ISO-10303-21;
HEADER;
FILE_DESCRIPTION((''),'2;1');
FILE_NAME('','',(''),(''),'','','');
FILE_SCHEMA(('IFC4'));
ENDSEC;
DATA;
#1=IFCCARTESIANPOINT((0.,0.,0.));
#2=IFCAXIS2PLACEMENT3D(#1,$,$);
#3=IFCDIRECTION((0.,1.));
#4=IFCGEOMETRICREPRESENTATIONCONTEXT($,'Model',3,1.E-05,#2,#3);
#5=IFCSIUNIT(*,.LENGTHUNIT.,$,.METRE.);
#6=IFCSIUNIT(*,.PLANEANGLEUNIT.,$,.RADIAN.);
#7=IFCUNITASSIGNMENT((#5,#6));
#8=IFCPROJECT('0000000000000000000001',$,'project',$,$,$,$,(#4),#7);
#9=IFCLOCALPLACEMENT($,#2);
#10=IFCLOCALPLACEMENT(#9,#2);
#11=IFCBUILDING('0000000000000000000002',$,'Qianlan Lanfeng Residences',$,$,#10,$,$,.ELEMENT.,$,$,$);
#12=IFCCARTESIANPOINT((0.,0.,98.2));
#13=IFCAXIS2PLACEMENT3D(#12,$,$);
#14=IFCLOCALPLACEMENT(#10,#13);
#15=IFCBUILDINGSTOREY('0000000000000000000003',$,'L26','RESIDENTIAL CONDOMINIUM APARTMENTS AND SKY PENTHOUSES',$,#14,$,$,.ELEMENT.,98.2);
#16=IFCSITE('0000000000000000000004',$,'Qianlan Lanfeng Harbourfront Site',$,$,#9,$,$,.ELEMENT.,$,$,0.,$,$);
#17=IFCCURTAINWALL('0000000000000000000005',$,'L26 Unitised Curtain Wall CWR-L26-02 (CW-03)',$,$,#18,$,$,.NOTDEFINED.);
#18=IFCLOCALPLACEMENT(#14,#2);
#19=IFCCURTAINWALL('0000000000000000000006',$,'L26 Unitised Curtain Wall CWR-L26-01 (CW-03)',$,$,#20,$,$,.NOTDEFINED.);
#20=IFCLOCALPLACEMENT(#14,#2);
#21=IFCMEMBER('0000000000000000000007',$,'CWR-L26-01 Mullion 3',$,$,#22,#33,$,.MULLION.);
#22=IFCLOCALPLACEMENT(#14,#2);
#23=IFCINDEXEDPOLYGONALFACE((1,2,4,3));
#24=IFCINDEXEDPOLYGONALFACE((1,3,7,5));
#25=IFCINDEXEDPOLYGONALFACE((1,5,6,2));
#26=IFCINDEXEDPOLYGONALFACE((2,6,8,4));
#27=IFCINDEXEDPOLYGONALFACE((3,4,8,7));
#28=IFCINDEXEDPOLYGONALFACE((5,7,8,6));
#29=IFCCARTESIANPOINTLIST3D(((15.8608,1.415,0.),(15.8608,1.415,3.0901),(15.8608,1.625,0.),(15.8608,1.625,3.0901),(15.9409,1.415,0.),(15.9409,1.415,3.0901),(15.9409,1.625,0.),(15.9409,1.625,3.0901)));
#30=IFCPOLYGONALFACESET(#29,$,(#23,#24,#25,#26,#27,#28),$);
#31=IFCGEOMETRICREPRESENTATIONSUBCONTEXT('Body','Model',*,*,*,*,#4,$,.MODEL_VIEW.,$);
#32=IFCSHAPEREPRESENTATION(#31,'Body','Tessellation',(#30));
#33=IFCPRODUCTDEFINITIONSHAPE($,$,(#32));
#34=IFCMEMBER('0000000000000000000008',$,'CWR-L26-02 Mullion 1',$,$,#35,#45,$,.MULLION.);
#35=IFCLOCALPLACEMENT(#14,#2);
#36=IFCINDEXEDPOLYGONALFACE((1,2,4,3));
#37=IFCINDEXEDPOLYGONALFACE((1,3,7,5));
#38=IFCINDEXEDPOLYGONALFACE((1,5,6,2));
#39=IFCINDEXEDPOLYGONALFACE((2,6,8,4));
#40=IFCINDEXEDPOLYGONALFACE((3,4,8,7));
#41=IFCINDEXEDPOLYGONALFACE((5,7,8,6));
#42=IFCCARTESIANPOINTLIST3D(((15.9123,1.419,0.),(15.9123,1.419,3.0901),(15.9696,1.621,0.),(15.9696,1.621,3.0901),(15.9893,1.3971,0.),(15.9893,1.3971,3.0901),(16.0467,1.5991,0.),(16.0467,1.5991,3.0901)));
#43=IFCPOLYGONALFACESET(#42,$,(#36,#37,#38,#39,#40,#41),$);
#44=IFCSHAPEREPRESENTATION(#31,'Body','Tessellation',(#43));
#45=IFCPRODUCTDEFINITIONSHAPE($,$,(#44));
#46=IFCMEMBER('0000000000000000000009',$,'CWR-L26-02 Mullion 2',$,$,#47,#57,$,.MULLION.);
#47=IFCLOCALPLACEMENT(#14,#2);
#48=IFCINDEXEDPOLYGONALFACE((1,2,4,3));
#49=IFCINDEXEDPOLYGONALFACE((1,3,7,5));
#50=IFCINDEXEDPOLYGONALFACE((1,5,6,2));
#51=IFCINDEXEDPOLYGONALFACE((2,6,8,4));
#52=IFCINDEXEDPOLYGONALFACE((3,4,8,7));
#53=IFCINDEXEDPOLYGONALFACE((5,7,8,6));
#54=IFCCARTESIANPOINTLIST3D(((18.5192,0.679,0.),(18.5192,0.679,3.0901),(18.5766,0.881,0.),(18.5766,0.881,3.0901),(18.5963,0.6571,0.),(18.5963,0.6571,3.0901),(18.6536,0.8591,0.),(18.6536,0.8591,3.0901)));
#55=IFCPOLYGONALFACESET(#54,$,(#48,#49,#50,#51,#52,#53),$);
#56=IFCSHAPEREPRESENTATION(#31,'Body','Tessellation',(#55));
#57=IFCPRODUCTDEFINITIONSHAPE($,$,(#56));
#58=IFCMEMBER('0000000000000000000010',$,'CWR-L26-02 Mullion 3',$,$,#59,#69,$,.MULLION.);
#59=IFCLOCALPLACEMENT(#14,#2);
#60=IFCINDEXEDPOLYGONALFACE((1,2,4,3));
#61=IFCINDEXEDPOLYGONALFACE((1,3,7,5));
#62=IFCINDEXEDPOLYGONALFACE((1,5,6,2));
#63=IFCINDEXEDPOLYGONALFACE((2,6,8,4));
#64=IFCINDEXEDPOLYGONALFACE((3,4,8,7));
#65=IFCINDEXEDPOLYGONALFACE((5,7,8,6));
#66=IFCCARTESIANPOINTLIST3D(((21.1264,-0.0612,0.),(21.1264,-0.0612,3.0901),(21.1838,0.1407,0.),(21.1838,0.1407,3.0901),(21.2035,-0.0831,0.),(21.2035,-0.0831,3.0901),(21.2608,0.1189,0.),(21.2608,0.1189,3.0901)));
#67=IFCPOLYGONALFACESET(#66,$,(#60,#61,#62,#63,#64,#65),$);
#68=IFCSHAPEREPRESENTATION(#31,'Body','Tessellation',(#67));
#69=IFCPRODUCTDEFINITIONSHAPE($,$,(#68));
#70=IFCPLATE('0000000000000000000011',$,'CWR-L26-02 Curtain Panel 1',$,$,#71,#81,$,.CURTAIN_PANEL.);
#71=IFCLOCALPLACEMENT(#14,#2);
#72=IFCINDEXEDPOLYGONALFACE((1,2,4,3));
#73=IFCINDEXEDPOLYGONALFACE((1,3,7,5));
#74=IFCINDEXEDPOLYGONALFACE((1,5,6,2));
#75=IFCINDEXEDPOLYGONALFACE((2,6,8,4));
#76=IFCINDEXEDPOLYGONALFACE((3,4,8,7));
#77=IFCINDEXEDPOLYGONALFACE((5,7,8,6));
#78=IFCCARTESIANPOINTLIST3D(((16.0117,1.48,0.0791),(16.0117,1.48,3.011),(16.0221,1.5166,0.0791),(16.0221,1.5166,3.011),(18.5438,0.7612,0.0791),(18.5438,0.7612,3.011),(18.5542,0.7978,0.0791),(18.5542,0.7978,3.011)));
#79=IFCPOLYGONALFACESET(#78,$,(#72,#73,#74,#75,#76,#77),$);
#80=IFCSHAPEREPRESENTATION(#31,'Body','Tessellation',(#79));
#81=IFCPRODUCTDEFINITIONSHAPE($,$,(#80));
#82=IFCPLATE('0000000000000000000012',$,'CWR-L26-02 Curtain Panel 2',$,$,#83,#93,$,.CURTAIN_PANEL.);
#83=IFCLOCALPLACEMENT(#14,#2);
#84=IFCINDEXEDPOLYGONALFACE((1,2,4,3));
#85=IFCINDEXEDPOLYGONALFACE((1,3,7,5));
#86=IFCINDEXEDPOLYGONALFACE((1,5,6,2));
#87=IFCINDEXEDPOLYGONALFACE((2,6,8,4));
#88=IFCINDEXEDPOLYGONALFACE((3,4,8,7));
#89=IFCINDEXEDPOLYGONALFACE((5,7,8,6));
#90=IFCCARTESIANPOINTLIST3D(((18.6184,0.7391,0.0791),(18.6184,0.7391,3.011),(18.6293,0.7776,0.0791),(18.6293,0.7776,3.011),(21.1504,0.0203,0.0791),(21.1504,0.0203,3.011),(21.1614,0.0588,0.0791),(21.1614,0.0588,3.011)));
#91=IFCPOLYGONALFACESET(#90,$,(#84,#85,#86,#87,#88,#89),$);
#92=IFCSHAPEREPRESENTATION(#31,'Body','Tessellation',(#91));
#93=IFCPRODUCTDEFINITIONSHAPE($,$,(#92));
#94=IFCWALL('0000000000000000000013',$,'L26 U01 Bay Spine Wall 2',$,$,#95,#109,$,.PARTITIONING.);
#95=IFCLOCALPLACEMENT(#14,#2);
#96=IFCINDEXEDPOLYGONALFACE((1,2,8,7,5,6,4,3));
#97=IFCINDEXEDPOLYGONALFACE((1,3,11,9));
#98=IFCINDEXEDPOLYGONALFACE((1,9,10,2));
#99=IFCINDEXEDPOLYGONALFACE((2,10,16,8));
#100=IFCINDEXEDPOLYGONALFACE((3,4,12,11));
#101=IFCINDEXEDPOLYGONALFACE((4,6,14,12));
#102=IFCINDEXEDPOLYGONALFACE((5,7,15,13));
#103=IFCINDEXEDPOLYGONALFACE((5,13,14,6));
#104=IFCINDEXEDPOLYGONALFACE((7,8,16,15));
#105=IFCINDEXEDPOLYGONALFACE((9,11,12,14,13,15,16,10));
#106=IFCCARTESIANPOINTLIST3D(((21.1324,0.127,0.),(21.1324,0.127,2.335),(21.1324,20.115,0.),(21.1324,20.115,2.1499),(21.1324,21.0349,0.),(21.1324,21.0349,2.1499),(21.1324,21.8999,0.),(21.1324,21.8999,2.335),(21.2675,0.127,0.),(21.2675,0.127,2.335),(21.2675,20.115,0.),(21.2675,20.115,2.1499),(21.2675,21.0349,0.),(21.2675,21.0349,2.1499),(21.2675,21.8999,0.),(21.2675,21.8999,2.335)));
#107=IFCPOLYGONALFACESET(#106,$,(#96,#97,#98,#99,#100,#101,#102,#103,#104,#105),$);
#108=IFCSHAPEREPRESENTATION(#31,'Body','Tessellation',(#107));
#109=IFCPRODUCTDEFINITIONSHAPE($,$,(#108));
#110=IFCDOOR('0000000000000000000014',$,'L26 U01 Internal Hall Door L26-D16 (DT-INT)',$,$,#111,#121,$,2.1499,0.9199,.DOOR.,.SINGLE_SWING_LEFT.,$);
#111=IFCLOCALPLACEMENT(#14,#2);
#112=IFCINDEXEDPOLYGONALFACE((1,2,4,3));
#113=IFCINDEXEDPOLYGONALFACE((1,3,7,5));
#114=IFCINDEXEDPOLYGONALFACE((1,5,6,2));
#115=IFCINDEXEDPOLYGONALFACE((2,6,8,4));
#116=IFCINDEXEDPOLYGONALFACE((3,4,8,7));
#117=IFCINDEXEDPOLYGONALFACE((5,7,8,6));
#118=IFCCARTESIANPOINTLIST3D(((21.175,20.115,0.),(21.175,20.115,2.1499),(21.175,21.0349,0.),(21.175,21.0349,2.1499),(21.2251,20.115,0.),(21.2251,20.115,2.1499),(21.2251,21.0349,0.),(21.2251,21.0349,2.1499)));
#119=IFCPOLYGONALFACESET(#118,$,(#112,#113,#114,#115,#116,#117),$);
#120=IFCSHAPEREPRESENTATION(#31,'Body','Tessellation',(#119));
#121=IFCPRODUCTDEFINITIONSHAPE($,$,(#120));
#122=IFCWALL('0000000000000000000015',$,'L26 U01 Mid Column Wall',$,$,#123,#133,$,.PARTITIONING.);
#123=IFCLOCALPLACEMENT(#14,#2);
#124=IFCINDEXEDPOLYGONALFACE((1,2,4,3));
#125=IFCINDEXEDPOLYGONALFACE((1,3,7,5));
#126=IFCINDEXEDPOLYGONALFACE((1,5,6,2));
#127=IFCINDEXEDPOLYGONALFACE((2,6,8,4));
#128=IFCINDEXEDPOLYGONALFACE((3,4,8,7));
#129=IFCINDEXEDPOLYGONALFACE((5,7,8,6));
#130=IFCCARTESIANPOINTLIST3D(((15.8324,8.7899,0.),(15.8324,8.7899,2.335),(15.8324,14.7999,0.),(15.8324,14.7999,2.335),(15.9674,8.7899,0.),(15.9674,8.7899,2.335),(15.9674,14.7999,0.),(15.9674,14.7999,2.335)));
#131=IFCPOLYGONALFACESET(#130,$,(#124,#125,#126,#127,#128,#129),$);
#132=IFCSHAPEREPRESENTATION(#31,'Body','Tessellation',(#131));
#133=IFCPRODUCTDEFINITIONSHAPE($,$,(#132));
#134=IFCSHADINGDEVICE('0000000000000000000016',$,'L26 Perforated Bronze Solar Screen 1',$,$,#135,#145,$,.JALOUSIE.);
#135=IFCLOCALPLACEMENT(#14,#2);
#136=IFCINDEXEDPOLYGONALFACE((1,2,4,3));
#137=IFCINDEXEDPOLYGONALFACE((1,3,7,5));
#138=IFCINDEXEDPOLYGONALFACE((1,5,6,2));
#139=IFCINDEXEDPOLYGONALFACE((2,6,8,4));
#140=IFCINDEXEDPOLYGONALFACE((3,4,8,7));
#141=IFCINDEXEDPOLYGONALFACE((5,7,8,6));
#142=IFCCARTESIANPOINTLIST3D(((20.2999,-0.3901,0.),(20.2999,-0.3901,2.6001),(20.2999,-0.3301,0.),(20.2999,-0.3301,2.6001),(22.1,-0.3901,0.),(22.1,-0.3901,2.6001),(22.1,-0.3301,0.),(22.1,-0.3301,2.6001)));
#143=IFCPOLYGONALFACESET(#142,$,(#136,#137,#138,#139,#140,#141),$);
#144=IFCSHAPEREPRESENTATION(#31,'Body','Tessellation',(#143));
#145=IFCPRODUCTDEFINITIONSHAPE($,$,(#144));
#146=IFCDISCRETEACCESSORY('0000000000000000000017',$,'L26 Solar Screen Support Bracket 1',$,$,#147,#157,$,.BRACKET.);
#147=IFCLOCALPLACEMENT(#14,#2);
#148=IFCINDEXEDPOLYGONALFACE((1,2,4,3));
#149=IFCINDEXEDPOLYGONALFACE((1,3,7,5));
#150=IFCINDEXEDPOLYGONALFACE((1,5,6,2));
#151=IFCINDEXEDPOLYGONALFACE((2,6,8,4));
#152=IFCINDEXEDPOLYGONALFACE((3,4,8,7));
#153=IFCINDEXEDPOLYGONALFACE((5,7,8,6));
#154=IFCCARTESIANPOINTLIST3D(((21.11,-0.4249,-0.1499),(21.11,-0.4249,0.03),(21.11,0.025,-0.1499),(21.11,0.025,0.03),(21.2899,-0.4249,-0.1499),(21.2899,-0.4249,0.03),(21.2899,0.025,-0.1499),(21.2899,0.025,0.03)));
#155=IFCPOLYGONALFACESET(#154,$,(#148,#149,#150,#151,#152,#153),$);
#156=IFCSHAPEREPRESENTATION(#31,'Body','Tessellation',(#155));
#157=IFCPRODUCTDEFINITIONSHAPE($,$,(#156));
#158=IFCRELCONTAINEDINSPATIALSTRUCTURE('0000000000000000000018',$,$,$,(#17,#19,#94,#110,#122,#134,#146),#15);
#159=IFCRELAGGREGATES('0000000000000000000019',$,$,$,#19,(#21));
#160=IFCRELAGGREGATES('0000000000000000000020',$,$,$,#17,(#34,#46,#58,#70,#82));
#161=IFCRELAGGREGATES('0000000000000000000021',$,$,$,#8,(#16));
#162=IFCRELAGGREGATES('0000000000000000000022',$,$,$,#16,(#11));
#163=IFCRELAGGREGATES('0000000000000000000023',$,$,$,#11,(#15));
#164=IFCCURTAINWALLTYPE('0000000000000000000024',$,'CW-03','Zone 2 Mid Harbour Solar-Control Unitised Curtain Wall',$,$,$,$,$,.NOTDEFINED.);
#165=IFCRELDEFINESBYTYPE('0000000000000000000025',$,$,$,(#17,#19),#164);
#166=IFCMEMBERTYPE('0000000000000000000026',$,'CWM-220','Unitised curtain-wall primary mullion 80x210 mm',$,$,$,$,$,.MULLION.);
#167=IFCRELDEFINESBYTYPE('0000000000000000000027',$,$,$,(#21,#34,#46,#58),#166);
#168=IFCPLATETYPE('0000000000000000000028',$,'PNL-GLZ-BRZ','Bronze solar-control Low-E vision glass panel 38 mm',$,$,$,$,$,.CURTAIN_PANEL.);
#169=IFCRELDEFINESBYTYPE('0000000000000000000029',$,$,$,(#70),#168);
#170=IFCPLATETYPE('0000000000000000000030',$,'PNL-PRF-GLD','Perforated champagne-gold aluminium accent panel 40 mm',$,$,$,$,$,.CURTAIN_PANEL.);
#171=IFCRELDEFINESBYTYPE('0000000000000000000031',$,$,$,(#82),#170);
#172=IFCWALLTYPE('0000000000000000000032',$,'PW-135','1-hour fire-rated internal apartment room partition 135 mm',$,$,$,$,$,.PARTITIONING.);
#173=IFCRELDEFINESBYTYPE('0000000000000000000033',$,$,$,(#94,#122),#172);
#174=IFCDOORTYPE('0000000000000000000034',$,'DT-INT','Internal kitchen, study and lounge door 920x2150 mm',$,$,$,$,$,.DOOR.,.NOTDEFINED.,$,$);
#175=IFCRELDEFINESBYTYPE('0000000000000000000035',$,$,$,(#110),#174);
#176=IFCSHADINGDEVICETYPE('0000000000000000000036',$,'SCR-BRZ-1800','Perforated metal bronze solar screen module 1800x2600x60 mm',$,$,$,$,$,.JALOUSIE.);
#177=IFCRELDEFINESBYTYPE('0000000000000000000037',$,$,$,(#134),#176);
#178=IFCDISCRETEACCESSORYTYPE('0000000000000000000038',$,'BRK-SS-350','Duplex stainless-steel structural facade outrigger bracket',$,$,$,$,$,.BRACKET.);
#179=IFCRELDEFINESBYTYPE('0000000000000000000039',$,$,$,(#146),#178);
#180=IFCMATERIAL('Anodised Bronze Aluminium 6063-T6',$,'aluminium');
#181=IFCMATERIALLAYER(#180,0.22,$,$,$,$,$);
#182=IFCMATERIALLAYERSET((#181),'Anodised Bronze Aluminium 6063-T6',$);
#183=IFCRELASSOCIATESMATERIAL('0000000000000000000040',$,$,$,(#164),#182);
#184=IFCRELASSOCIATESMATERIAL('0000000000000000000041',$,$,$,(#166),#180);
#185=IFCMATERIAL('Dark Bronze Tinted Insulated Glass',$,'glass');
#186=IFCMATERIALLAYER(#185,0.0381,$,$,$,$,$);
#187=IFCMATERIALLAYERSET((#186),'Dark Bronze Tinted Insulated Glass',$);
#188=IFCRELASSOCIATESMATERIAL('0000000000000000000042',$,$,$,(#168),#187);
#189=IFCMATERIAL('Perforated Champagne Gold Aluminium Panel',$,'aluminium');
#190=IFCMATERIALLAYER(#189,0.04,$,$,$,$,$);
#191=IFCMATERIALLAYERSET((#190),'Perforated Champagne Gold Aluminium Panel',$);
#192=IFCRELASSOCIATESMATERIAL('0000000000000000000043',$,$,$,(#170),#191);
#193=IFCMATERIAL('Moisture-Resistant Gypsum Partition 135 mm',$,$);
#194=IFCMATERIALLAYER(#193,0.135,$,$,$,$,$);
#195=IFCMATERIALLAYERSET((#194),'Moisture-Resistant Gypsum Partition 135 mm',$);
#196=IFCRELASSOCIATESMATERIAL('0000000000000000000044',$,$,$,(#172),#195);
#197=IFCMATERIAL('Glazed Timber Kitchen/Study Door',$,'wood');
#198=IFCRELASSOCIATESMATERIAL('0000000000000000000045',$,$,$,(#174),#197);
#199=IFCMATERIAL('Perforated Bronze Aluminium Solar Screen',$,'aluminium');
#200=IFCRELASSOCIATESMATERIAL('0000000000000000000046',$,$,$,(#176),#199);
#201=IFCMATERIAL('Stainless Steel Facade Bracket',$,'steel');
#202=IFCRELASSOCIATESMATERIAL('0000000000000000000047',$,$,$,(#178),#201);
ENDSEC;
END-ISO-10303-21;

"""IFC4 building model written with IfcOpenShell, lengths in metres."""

from ifc_helpers import new_model, si_unit, direction, frame, frame_2d, origin, origin_2d, place, context, subcontext, project, spatial, rectangle, extrude, source, transform, mapped, material, layer, layer_set, material_profile, profile_set, type_object, element, fill, aggregate, save


model = new_model("IFC4")

# Units and contexts
model_context = context("Model", 3, precision=1e-05, world=origin(), true_north=direction((0.0, 1.0)))
body_context = subcontext(model_context, "Body", "Model", "MODEL_VIEW")
ifc_project = project(units=[si_unit("LENGTHUNIT", "METRE"), si_unit("PLANEANGLEUNIT", "RADIAN")], contexts=[model_context])

# Site, building, storey
site_placement = place(None, origin())
site = spatial("IfcSite", under=ifc_project, at=site_placement, Name="Qianlan Lanfeng Harbourfront Site", CompositionType="ELEMENT", RefElevation=0.0)
building_placement = place(site_placement, origin())
building = spatial("IfcBuilding", under=site, at=building_placement, Name="Qianlan Lanfeng Residences", CompositionType="ELEMENT")
storey_placement = place(building_placement, frame((0.0, 0.0, 98.2)))
storey = spatial("IfcBuildingStorey", under=building, at=storey_placement, Name="L26", Description="RESIDENTIAL CONDOMINIUM APARTMENTS AND SKY PENTHOUSES", CompositionType="ELEMENT", Elevation=98.2)

# Curtain wall
ifc_material_1 = material(Name="Anodised Bronze Aluminium 6063-T6", Category="aluminium")
ifc_layer_1 = layer(ifc_material_1, 0.22)
ifc_layer_set_1 = layer_set([ifc_layer_1], Name="Anodised Bronze Aluminium 6063-T6")
curtain_wall_type = type_object("IfcCurtainWallType", Name="CW-03", Description="Zone 2 Mid Harbour Solar-Control Unitised Curtain Wall", PredefinedType="NOTDEFINED", material=ifc_layer_set_1)
curtain_wall_1_placement = place(storey_placement, origin())
curtain_wall_1 = element("IfcCurtainWall", 1, at=curtain_wall_1_placement, inside=storey, type_object=curtain_wall_type, Name="L26 Unitised Curtain Wall CWR-L26-02 (CW-03)", PredefinedType="NOTDEFINED")

# Curtain wall, member
curtain_wall_2_placement = place(storey_placement, origin())
curtain_wall_2 = element("IfcCurtainWall", 2, at=curtain_wall_2_placement, inside=storey, type_object=curtain_wall_type, Name="L26 Unitised Curtain Wall CWR-L26-01 (CW-03)", PredefinedType="NOTDEFINED")
ifc_material_profile_1 = material_profile(ifc_material_1, rectangle(XDim=0.0801, YDim=0.21, at=origin_2d()), Name="ALU MULLION 80x210")
ifc_profile_set_1 = profile_set([ifc_material_profile_1], Name="Anodised Bronze Aluminium 6063-T6")
member_type_1 = type_object("IfcMemberType", Name="CWM-220", Description="Unitised curtain-wall primary mullion 80x210 mm", PredefinedType="MULLION", material=ifc_profile_set_1)
shared_shape_1 = source(origin(), body_context, "Body", "SweptSolid", [
    extrude(rectangle(XDim=0.0801, YDim=0.21, at=origin_2d()), origin(), (0.0, 0.0, 1.0), 3.0901),
])
member_1_placement = place(storey_placement, frame((15.9009, 1.52, 0.0), z_axis=(0.0, 0.0, 1.0), x_axis=(1.0, 0.0, 0.0)))
member_1 = element("IfcMember", 3, at=member_1_placement, type_object=member_type_1, Name="CWR-L26-01 Mullion 3", PredefinedType="MULLION", context=body_context, shape_type="MappedRepresentation", body=[
    mapped(shared_shape_1, transform((0.0, 0.0, 0.0), scale=1.0)),
])
aggregate(curtain_wall_2, [member_1])

# Members
member_2_placement = place(storey_placement, frame((15.9795, 1.509, 0.0), z_axis=(0.0, 0.0, 1.0), x_axis=(0.961989, -0.273088, 0.0)))
member_2 = element("IfcMember", 4, at=member_2_placement, type_object=member_type_1, Name="CWR-L26-02 Mullion 1", PredefinedType="MULLION", context=body_context, shape_type="MappedRepresentation", body=[
    mapped(shared_shape_1, transform((0.0, 0.0, 0.0), scale=1.0)),
])
member_3_placement = place(storey_placement, frame((18.5864, 0.769, 0.0), z_axis=(0.0, 0.0, 1.0), x_axis=(0.961989, -0.273088, 0.0)))
member_3 = element("IfcMember", 5, at=member_3_placement, type_object=member_type_1, Name="CWR-L26-02 Mullion 2", PredefinedType="MULLION", context=body_context, shape_type="MappedRepresentation", body=[
    mapped(shared_shape_1, transform((0.0, 0.0, 0.0), scale=1.0)),
])
member_4_placement = place(storey_placement, frame((21.1936, 0.0288, 0.0), z_axis=(0.0, 0.0, 1.0), x_axis=(0.961989, -0.273088, 0.0)))
member_4 = element("IfcMember", 6, at=member_4_placement, type_object=member_type_1, Name="CWR-L26-02 Mullion 3", PredefinedType="MULLION", context=body_context, shape_type="MappedRepresentation", body=[
    mapped(shared_shape_1, transform((0.0, 0.0, 0.0), scale=1.0)),
])

# Plates
ifc_material_2 = material(Name="Dark Bronze Tinted Insulated Glass", Category="glass")
ifc_layer_2 = layer(ifc_material_2, 0.0381)
ifc_layer_set_2 = layer_set([ifc_layer_2], Name="Dark Bronze Tinted Insulated Glass")
plate_type_1 = type_object("IfcPlateType", Name="PNL-GLZ-BRZ", Description="Bronze solar-control Low-E vision glass panel 38 mm", PredefinedType="CURTAIN_PANEL", material=ifc_layer_set_2)
shared_shape_2 = source(origin(), body_context, "Body", "SweptSolid", [
    extrude(rectangle(XDim=2.6321, YDim=0.0381, at=origin_2d()), origin(), (0.0, 0.0, 1.0), 2.9319),
])
plate_1_placement = place(storey_placement, frame((17.283, 1.1389, 0.0791), z_axis=(0.0, 0.0, 1.0), x_axis=(0.961989, -0.273088, 0.0)))
plate_1 = element("IfcPlate", 7, at=plate_1_placement, type_object=plate_type_1, Name="CWR-L26-02 Curtain Panel 1", PredefinedType="CURTAIN_PANEL", context=body_context, shape_type="MappedRepresentation", body=[
    mapped(shared_shape_2, transform((0.0, 0.0, 0.0), scale=1.0)),
])
ifc_material_3 = material(Name="Perforated Champagne Gold Aluminium Panel", Category="aluminium")
ifc_layer_3 = layer(ifc_material_3, 0.04)
ifc_layer_set_3 = layer_set([ifc_layer_3], Name="Perforated Champagne Gold Aluminium Panel")
plate_type_2 = type_object("IfcPlateType", Name="PNL-PRF-GLD", Description="Perforated champagne-gold aluminium accent panel 40 mm", PredefinedType="CURTAIN_PANEL", material=ifc_layer_set_3)
shared_shape_3 = source(origin(), body_context, "Body", "SweptSolid", [
    extrude(rectangle(XDim=2.6321, YDim=0.04, at=origin_2d()), origin(), (0.0, 0.0, 1.0), 2.9319),
])
plate_2_placement = place(storey_placement, frame((19.8899, 0.3989, 0.0791), z_axis=(0.0, 0.0, 1.0), x_axis=(0.961989, -0.273088, 0.0)))
plate_2 = element("IfcPlate", 8, at=plate_2_placement, type_object=plate_type_2, Name="CWR-L26-02 Curtain Panel 2", PredefinedType="CURTAIN_PANEL", context=body_context, shape_type="MappedRepresentation", body=[
    mapped(shared_shape_3, transform((0.0, 0.0, 0.0), scale=1.0)),
])
aggregate(curtain_wall_1, [member_2, member_3, member_4, plate_1, plate_2])

# Wall, opening, door
ifc_material_4 = material(Name="Moisture-Resistant Gypsum Partition 135 mm")
ifc_layer_4 = layer(ifc_material_4, 0.135)
ifc_layer_set_4 = layer_set([ifc_layer_4], Name="Moisture-Resistant Gypsum Partition 135 mm")
wall_type = type_object("IfcWallType", Name="PW-135", Description="1-hour fire-rated internal apartment room partition 135 mm", PredefinedType="PARTITIONING", material=ifc_layer_set_4)
wall_1_placement = place(storey_placement, frame((21.2, 0.127, 0.0), z_axis=(0.0, 0.0, 1.0), x_axis=(0.0, 1.0, 0.0)))
wall_1 = element("IfcWall", 9, at=wall_1_placement, inside=storey, type_object=wall_type, Name="L26 U01 Bay Spine Wall 2", PredefinedType="PARTITIONING", context=body_context, shape_type="SweptSolid", body=[
    extrude(rectangle(XDim=21.7729, YDim=0.135, at=frame_2d((10.8865, 0.0))), origin(), (0.0, 0.0, 1.0), 2.335),
])
opening_1_placement = place(wall_1_placement, frame((19.988, 0.0, 0.0)))
opening_1 = element("IfcOpeningElement", 10, at=opening_1_placement, cuts=wall_1, PredefinedType="OPENING", context=body_context, shape_type="SweptSolid", body=[
    extrude(rectangle(XDim=0.9199, YDim=2.1499, at=frame_2d((0.46, 1.075))), frame((0.0, 0.0776, 0.0), z_axis=(0.0, -1.0, 0.0), x_axis=(1.0, 0.0, 0.0)), (0.0, 0.0, 1.0), 0.155),
])
ifc_material_5 = material(Name="Glazed Timber Kitchen/Study Door", Category="wood")
door_type_1 = type_object("IfcDoorType", Name="DT-INT", Description="Internal kitchen, study and lounge door 920x2150 mm", OperationType="NOTDEFINED", PredefinedType="DOOR", material=ifc_material_5)
door_1_placement = place(opening_1_placement, origin())
door_1 = element("IfcDoor", 11, at=door_1_placement, inside=storey, type_object=door_type_1, Name="L26 U01 Internal Hall Door L26-D16 (DT-INT)", OperationType="SINGLE_SWING_LEFT", OverallHeight=2.1499, OverallWidth=0.9199, PredefinedType="DOOR", context=body_context, shape_type="SweptSolid", body=[
    extrude(rectangle(XDim=0.9199, YDim=2.1499, at=frame_2d((0.46, 1.075))), frame((0.0, 0.0249, 0.0), z_axis=(0.0, -1.0, 0.0), x_axis=(1.0, 0.0, 0.0)), (0.0, 0.0, 1.0), 0.05),
])
fill(opening_1, door_1)

# Wall
wall_2_placement = place(storey_placement, frame((15.8999, 8.79, 0.0), z_axis=(0.0, 0.0, 1.0), x_axis=(0.0, 1.0, 0.0)))
element("IfcWall", 12, at=wall_2_placement, inside=storey, type_object=wall_type, Name="L26 U01 Mid Column Wall", PredefinedType="PARTITIONING", context=body_context, shape_type="SweptSolid", body=[
    extrude(rectangle(XDim=6.01, YDim=0.135, at=frame_2d((3.0049, 0.0))), origin(), (0.0, 0.0, 1.0), 2.335),
])

# Shading device
ifc_material_6 = material(Name="Perforated Bronze Aluminium Solar Screen", Category="aluminium")
shading_device_type = type_object("IfcShadingDeviceType", Name="SCR-BRZ-1800", Description="Perforated metal bronze solar screen module 1800x2600x60 mm", PredefinedType="JALOUSIE", material=ifc_material_6)
shared_shape_4 = source(origin(), body_context, "Body", "SweptSolid", [
    extrude(rectangle(XDim=1.8, YDim=0.0601, at=origin_2d()), origin(), (0.0, 0.0, 1.0), 2.6001),
])
shading_device_placement = place(storey_placement, frame((21.2, -0.3601, 0.0), z_axis=(0.0, 0.0, 1.0), x_axis=(1.0, 0.0, 0.0)))
element("IfcShadingDevice", 13, at=shading_device_placement, inside=storey, type_object=shading_device_type, Name="L26 Perforated Bronze Solar Screen 1", PredefinedType="JALOUSIE", context=body_context, shape_type="MappedRepresentation", body=[
    mapped(shared_shape_4, transform((0.0, 0.0, 0.0), scale=1.0)),
])

# Discrete accessory
ifc_material_7 = material(Name="Stainless Steel Facade Bracket", Category="steel")
discrete_accessory_type = type_object("IfcDiscreteAccessoryType", Name="BRK-SS-350", Description="Duplex stainless-steel structural facade outrigger bracket", PredefinedType="BRACKET", material=ifc_material_7)
shared_shape_5 = source(origin(), body_context, "Body", "SweptSolid", [
    extrude(rectangle(XDim=0.1799, YDim=0.45, at=origin_2d()), origin(), (0.0, 0.0, 1.0), 0.1799),
])
discrete_accessory_placement = place(storey_placement, frame((21.2, -0.2, -0.1499), z_axis=(0.0, 0.0, 1.0), x_axis=(1.0, 0.0, 0.0)))
element("IfcDiscreteAccessory", 14, at=discrete_accessory_placement, inside=storey, type_object=discrete_accessory_type, Name="L26 Solar Screen Support Bracket 1", PredefinedType="BRACKET", context=body_context, shape_type="MappedRepresentation", body=[
    mapped(shared_shape_5, transform((0.0, 0.0, 0.0), scale=1.0)),
])

save(model, "model.ifc")
